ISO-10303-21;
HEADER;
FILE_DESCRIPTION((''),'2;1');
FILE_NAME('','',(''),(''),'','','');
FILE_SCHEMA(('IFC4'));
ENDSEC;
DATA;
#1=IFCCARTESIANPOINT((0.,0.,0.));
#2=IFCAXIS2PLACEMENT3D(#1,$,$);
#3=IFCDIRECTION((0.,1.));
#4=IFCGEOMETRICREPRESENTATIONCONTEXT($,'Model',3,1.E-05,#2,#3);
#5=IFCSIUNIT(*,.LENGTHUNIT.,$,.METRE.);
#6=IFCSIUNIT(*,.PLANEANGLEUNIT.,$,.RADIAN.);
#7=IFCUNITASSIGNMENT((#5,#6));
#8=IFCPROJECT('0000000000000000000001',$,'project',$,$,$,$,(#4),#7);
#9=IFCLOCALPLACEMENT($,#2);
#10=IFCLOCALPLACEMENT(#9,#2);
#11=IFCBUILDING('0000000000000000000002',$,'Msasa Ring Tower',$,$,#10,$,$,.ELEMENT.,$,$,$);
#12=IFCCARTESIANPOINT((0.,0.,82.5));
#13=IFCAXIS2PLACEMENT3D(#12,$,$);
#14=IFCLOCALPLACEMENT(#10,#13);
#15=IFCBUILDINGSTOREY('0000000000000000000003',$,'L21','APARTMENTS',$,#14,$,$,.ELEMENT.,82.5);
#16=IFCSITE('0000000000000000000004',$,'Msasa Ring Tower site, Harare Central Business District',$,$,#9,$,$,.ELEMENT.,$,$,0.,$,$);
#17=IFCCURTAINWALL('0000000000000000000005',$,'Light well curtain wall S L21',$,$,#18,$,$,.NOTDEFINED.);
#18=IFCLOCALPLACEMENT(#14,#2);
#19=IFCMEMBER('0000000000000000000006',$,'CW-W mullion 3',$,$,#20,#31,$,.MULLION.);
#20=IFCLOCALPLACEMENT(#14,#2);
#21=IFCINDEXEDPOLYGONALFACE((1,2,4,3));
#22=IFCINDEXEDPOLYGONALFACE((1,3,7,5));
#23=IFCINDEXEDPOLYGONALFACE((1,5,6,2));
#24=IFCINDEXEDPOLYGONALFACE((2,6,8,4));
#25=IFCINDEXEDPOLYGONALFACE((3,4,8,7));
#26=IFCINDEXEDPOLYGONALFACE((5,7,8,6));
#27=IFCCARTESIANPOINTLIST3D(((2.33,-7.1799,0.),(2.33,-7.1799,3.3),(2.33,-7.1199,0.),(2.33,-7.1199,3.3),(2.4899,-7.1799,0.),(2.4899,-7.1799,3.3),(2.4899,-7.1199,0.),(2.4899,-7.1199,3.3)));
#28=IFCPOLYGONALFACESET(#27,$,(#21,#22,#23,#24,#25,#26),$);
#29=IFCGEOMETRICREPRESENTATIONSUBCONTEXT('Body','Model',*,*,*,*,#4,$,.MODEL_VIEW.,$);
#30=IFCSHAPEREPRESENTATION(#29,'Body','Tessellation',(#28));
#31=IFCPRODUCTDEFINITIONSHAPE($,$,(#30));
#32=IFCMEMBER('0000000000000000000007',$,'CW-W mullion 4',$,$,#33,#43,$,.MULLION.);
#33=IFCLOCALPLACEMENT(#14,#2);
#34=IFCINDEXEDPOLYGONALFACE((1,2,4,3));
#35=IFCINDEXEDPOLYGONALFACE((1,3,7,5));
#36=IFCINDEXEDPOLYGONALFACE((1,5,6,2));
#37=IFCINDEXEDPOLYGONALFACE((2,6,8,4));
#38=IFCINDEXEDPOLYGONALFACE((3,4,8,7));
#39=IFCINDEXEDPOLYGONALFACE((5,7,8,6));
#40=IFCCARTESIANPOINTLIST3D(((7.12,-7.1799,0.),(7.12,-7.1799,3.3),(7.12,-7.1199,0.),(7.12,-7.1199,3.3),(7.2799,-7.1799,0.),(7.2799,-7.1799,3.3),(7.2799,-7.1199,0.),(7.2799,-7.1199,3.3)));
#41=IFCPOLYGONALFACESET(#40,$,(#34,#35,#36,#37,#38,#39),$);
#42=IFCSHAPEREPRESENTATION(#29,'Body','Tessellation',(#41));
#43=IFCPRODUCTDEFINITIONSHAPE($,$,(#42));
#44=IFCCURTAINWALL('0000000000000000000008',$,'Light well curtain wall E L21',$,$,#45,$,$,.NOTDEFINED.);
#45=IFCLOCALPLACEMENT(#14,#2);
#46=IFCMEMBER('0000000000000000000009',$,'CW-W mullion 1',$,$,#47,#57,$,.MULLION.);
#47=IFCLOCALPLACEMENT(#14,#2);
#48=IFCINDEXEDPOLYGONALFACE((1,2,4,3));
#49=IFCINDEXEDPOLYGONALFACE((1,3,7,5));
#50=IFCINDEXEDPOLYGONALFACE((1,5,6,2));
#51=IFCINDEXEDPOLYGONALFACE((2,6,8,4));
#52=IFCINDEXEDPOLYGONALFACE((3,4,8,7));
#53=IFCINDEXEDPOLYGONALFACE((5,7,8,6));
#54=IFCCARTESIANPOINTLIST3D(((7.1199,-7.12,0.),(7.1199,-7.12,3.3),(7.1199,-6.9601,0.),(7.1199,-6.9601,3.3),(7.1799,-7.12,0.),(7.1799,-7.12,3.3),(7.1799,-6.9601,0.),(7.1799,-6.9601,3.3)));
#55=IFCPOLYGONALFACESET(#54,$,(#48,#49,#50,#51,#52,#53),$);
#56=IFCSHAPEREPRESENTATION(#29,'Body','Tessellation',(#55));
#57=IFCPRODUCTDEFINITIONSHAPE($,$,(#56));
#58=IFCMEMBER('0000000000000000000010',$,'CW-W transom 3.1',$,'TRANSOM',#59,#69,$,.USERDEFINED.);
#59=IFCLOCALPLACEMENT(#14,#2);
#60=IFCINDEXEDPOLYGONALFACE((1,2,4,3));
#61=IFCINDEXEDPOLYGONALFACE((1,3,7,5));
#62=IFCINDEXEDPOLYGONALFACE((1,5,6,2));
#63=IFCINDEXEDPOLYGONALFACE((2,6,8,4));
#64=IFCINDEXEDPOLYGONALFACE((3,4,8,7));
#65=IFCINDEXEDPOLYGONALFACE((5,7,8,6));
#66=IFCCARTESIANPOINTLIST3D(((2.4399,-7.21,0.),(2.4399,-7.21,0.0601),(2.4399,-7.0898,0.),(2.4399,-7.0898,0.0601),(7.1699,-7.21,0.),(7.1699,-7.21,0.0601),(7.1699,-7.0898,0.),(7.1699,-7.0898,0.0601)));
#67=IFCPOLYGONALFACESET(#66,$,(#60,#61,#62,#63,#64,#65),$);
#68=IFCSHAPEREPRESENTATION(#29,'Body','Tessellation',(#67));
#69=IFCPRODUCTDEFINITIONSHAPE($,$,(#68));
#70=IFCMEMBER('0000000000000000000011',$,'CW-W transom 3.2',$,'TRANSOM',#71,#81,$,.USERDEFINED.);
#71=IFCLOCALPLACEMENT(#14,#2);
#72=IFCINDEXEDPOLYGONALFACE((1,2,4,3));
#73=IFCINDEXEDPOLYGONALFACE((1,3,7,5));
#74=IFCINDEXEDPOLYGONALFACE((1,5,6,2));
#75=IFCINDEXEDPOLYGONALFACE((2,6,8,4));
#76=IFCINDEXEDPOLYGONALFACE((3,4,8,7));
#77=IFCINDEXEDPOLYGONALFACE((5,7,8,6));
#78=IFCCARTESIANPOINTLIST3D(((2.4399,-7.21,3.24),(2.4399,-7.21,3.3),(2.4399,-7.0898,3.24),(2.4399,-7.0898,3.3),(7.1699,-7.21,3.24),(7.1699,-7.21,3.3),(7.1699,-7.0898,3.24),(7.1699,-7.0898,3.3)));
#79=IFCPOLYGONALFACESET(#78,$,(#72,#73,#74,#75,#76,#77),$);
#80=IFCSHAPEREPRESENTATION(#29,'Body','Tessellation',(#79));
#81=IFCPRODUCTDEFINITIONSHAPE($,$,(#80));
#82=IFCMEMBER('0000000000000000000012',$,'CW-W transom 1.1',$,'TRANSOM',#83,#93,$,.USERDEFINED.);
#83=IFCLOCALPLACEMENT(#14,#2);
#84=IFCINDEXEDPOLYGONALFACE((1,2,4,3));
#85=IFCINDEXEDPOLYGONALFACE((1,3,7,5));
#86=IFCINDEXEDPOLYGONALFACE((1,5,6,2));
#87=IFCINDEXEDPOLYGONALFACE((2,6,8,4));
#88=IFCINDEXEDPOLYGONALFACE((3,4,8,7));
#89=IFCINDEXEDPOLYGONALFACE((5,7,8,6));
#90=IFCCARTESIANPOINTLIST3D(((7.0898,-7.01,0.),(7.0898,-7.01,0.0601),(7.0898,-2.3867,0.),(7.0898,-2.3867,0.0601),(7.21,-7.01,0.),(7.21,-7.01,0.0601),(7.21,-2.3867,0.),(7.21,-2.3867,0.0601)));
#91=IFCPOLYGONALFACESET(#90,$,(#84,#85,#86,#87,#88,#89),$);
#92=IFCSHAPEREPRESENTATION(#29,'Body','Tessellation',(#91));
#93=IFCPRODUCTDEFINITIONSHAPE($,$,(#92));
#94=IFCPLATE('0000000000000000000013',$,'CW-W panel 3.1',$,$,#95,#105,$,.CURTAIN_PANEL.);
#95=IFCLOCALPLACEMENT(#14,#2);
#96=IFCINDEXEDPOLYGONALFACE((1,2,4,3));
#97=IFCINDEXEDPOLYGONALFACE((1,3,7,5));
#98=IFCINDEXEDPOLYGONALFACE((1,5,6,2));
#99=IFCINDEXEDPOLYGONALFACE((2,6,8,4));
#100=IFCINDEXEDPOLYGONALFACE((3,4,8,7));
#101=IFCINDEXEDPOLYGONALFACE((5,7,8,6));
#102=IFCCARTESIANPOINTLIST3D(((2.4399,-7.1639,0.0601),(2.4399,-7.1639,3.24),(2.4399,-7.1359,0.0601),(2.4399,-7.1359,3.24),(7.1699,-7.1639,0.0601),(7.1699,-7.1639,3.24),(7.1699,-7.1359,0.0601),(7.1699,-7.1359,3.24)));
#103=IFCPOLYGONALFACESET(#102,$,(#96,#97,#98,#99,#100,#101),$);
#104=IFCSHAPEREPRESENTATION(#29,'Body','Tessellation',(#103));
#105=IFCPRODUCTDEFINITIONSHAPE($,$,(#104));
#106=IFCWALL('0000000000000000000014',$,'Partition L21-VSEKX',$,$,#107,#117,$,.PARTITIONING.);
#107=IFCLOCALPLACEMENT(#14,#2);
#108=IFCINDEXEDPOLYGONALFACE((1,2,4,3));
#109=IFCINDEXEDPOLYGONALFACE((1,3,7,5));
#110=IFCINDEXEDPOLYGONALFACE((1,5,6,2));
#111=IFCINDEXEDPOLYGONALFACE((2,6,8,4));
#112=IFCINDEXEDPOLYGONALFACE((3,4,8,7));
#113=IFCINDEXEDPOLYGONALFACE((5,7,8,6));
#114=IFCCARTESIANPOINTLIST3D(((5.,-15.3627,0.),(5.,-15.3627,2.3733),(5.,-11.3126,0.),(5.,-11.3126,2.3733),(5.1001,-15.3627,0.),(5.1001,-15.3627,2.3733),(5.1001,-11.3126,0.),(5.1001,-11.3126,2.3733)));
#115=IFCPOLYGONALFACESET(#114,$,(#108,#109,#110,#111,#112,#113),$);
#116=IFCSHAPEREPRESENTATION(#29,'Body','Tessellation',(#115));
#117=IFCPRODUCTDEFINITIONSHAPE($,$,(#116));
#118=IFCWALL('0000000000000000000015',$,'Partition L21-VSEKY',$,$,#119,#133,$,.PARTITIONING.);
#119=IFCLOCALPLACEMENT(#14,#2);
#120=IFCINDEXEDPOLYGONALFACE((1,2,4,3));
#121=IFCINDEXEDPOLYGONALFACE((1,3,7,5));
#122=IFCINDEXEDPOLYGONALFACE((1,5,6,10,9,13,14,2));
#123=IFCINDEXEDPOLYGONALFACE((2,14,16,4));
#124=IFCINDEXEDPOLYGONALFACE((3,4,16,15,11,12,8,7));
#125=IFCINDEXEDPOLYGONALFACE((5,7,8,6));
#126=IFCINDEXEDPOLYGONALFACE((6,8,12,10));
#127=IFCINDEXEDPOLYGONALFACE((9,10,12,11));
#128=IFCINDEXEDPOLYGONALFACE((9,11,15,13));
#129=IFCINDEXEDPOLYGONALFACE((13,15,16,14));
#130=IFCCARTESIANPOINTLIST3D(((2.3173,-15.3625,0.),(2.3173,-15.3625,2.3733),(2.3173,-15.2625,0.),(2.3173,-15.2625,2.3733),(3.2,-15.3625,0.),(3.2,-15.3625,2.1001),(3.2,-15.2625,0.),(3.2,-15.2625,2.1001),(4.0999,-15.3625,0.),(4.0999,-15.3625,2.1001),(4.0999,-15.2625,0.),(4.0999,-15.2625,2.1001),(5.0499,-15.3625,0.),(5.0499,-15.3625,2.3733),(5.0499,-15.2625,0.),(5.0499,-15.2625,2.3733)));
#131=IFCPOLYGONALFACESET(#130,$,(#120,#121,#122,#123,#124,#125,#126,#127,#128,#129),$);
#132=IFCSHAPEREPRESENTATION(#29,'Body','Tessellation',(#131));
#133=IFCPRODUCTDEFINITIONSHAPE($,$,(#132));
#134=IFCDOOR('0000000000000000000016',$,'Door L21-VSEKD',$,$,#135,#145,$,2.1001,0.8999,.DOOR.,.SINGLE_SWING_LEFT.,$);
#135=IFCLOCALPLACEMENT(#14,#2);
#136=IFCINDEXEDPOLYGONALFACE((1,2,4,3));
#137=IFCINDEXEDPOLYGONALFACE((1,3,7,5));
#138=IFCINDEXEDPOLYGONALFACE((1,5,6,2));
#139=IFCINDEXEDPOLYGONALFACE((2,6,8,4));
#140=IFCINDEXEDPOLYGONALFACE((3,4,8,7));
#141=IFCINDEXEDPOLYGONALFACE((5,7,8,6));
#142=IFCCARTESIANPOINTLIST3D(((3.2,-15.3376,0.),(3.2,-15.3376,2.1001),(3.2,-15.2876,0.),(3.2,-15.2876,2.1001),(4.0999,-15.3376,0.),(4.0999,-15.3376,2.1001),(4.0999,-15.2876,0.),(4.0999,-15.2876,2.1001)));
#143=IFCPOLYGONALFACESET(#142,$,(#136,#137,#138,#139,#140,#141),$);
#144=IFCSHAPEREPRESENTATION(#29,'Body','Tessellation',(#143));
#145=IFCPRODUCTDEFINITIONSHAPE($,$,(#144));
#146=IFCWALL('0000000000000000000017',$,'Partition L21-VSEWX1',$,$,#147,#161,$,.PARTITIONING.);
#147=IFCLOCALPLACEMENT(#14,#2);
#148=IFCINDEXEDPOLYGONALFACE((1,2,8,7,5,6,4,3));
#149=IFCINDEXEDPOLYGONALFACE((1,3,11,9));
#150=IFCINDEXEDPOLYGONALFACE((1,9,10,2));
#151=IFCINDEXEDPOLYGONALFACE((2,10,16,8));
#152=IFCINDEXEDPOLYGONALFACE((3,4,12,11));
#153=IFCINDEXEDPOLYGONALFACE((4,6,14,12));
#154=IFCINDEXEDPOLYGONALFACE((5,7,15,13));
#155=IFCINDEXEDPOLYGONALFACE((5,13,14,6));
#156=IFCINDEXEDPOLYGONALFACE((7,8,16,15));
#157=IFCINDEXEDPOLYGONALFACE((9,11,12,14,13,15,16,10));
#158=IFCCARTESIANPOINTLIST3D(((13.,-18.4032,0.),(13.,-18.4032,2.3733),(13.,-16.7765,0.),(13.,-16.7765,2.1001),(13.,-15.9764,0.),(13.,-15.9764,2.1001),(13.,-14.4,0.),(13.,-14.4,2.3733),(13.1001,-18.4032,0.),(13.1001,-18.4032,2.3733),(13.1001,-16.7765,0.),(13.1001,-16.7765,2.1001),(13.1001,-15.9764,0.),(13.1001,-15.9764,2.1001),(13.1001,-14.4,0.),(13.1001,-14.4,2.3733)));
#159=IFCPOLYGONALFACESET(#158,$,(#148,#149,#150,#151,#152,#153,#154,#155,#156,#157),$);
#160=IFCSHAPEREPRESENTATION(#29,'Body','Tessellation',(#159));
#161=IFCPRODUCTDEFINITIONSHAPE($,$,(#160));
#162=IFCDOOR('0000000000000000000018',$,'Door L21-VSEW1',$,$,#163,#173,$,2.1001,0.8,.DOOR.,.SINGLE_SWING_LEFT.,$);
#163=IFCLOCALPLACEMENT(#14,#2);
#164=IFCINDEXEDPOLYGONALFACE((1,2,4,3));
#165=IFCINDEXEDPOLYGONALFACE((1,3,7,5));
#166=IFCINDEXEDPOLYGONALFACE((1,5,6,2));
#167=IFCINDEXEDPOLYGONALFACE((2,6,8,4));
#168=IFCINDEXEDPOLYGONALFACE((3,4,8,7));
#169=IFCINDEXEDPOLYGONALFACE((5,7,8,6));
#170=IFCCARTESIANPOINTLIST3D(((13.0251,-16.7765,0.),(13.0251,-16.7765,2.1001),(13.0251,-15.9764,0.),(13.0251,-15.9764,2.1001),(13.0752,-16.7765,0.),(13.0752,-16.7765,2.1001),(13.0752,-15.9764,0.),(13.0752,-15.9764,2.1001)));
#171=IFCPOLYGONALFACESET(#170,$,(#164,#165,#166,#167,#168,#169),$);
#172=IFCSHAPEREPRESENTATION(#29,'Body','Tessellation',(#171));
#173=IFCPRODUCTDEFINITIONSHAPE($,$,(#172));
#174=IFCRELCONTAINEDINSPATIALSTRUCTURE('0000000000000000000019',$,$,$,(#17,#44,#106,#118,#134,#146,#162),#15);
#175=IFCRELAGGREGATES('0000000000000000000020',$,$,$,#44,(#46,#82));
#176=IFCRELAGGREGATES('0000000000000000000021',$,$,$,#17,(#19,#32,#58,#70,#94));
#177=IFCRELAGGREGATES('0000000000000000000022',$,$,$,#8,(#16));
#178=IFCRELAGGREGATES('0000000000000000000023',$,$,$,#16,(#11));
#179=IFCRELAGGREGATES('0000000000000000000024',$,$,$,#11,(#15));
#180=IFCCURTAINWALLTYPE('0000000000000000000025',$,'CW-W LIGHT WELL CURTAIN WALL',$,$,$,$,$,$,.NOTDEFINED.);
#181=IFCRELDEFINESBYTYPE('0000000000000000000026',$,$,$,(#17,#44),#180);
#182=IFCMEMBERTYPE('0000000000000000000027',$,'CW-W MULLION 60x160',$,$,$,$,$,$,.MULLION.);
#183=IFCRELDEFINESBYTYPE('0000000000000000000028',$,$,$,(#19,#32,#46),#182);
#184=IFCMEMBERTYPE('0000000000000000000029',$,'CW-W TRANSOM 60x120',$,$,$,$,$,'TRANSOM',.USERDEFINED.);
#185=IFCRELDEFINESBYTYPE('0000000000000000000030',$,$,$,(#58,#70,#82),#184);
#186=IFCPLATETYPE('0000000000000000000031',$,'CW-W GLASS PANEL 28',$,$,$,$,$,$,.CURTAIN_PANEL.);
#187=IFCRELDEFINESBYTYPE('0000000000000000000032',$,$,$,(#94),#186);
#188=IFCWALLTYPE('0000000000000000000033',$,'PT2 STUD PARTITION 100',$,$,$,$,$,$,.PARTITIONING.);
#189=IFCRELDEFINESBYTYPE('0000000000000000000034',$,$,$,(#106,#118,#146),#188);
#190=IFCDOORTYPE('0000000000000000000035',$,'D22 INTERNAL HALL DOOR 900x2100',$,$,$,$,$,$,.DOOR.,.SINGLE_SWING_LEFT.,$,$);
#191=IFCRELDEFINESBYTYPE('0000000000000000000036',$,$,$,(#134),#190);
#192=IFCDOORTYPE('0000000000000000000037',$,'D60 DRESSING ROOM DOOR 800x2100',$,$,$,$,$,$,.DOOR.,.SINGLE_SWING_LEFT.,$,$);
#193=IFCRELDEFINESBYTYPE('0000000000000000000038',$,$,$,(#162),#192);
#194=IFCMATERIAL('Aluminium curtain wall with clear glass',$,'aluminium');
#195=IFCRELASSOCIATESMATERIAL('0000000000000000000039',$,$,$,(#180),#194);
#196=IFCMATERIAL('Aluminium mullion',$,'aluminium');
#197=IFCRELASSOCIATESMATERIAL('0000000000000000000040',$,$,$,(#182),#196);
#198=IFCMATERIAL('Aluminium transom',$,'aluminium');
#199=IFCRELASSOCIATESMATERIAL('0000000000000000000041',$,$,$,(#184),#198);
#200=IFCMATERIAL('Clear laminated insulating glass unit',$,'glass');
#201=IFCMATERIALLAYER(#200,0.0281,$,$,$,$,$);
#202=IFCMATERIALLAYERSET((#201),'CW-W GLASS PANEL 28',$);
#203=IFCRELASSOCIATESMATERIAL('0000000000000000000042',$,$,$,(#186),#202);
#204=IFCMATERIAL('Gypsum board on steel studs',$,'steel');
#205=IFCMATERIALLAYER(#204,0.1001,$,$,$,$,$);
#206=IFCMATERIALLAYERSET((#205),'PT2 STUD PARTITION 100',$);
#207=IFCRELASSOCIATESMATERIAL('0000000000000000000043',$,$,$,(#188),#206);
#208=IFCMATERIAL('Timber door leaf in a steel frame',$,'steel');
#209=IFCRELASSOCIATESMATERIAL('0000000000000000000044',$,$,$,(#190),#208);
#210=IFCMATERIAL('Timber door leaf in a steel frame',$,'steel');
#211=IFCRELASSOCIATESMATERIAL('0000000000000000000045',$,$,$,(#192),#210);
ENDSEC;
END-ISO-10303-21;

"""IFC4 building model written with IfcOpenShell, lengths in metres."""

from ifc_helpers import new_model, si_unit, direction, frame, frame_2d, origin, origin_2d, place, context, subcontext, project, spatial, rectangle, extrude, material, layer, layer_set, material_profile, profile_set, type_object, element, fill, aggregate, save


model = new_model("IFC4")

# Units and contexts
model_context = context("Model", 3, precision=1e-05, world=origin(), true_north=direction((0.0, 1.0)))
body_context = subcontext(model_context, "Body", "Model", "MODEL_VIEW")
ifc_project = project(units=[si_unit("LENGTHUNIT", "METRE"), si_unit("PLANEANGLEUNIT", "RADIAN")], contexts=[model_context])

# Site, building, storey
site_placement = place(None, origin())
site = spatial("IfcSite", under=ifc_project, at=site_placement, Name="Msasa Ring Tower site, Harare Central Business District", CompositionType="ELEMENT", RefElevation=0.0)
building_placement = place(site_placement, origin())
building = spatial("IfcBuilding", under=site, at=building_placement, Name="Msasa Ring Tower", CompositionType="ELEMENT")
storey_placement = place(building_placement, frame((0.0, 0.0, 82.5)))
storey = spatial("IfcBuildingStorey", under=building, at=storey_placement, Name="L21", Description="APARTMENTS", CompositionType="ELEMENT", Elevation=82.5)

# Curtain wall, members
ifc_material_1 = material(Name="Aluminium curtain wall with clear glass", Category="aluminium")
curtain_wall_type = type_object("IfcCurtainWallType", Name="CW-W LIGHT WELL CURTAIN WALL", PredefinedType="NOTDEFINED", material=ifc_material_1)
curtain_wall_1_placement = place(storey_placement, origin())
curtain_wall_1 = element("IfcCurtainWall", 1, at=curtain_wall_1_placement, inside=storey, type_object=curtain_wall_type, Name="Light well curtain wall S L21", PredefinedType="NOTDEFINED")
ifc_material_2 = material(Name="Aluminium mullion", Category="aluminium")
ifc_material_profile_1 = material_profile(ifc_material_2, rectangle(XDim=0.0601, YDim=0.1599, at=origin_2d()), Name="AL 60x160")
ifc_profile_set_1 = profile_set([ifc_material_profile_1], Name="Aluminium mullion")
member_type_1 = type_object("IfcMemberType", Name="CW-W MULLION 60x160", PredefinedType="MULLION", material=ifc_profile_set_1)
member_1_placement = place(storey_placement, frame((2.4099, -7.1499, 0.0), z_axis=(0.0, 0.0, 1.0), x_axis=(0.0, 1.0, 0.0)))
member_1 = element("IfcMember", 2, at=member_1_placement, type_object=member_type_1, Name="CW-W mullion 3", PredefinedType="MULLION", context=body_context, shape_type="SweptSolid", body=[
    extrude(rectangle(XDim=0.0601, YDim=0.1599, at=origin_2d()), origin(), (0.0, 0.0, 1.0), 3.3),
])
member_2_placement = place(storey_placement, frame((7.2, -7.1499, 0.0), z_axis=(0.0, 0.0, 1.0), x_axis=(0.0, 1.0, 0.0)))
member_2 = element("IfcMember", 3, at=member_2_placement, type_object=member_type_1, Name="CW-W mullion 4", PredefinedType="MULLION", context=body_context, shape_type="SweptSolid", body=[
    extrude(rectangle(XDim=0.0601, YDim=0.1599, at=origin_2d()), origin(), (0.0, 0.0, 1.0), 3.3),
])

# Curtain wall, member
curtain_wall_2_placement = place(storey_placement, origin())
curtain_wall_2 = element("IfcCurtainWall", 4, at=curtain_wall_2_placement, inside=storey, type_object=curtain_wall_type, Name="Light well curtain wall E L21", PredefinedType="NOTDEFINED")
member_3_placement = place(storey_placement, frame((7.1499, -7.04, 0.0), z_axis=(0.0, 0.0, 1.0), x_axis=(-1.0, 0.0, 0.0)))
member_3 = element("IfcMember", 5, at=member_3_placement, type_object=member_type_1, Name="CW-W mullion 1", PredefinedType="MULLION", context=body_context, shape_type="SweptSolid", body=[
    extrude(rectangle(XDim=0.0601, YDim=0.1599, at=origin_2d()), origin(), (0.0, 0.0, 1.0), 3.3),
])

# Members
ifc_material_3 = material(Name="Aluminium transom", Category="aluminium")
ifc_material_profile_2 = material_profile(ifc_material_3, rectangle(XDim=0.1201, YDim=0.0601, at=origin_2d()), Name="AL 60x120")
ifc_profile_set_2 = profile_set([ifc_material_profile_2], Name="Aluminium transom")
member_type_2 = type_object("IfcMemberType", Name="CW-W TRANSOM 60x120", ElementType="TRANSOM", PredefinedType="USERDEFINED", material=ifc_profile_set_2)
member_4_placement = place(storey_placement, frame((2.4399, -7.1499, 0.03), z_axis=(1.0, 0.0, 0.0), x_axis=(0.0, 1.0, 0.0)))
member_4 = element("IfcMember", 6, at=member_4_placement, type_object=member_type_2, Name="CW-W transom 3.1", ObjectType="TRANSOM", PredefinedType="USERDEFINED", context=body_context, shape_type="SweptSolid", body=[
    extrude(rectangle(XDim=0.1201, YDim=0.0601, at=origin_2d()), origin(), (0.0, 0.0, 1.0), 4.73),
])
member_5_placement = place(storey_placement, frame((2.4399, -7.1499, 3.27), z_axis=(1.0, 0.0, 0.0), x_axis=(0.0, 1.0, 0.0)))
member_5 = element("IfcMember", 7, at=member_5_placement, type_object=member_type_2, Name="CW-W transom 3.2", ObjectType="TRANSOM", PredefinedType="USERDEFINED", context=body_context, shape_type="SweptSolid", body=[
    extrude(rectangle(XDim=0.1201, YDim=0.0601, at=origin_2d()), origin(), (0.0, 0.0, 1.0), 4.73),
])
member_6_placement = place(storey_placement, frame((7.1499, -7.01, 0.03), z_axis=(0.0, 1.0, 0.0), x_axis=(-1.0, 0.0, 0.0)))
member_6 = element("IfcMember", 8, at=member_6_placement, type_object=member_type_2, Name="CW-W transom 1.1", ObjectType="TRANSOM", PredefinedType="USERDEFINED", context=body_context, shape_type="SweptSolid", body=[
    extrude(rectangle(XDim=0.1201, YDim=0.0601, at=origin_2d()), origin(), (0.0, 0.0, 1.0), 4.6233),
])
aggregate(curtain_wall_2, [member_3, member_6])

# Plate
ifc_material_4 = material(Name="Clear laminated insulating glass unit", Category="glass")
ifc_layer_1 = layer(ifc_material_4, 0.0281)
ifc_layer_set_1 = layer_set([ifc_layer_1], Name="CW-W GLASS PANEL 28")
plate_type = type_object("IfcPlateType", Name="CW-W GLASS PANEL 28", PredefinedType="CURTAIN_PANEL", material=ifc_layer_set_1)
plate_placement = place(storey_placement, frame((4.8049, -7.1499, 0.0601), z_axis=(0.0, 0.0, 1.0), x_axis=(1.0, 0.0, 0.0)))
plate = element("IfcPlate", 9, at=plate_placement, type_object=plate_type, Name="CW-W panel 3.1", PredefinedType="CURTAIN_PANEL", context=body_context, shape_type="SweptSolid", body=[
    extrude(rectangle(XDim=4.73, YDim=0.0281, at=origin_2d()), origin(), (0.0, 0.0, 1.0), 3.1799),
])
aggregate(curtain_wall_1, [member_1, member_2, member_4, member_5, plate])

# Wall
ifc_material_5 = material(Name="Gypsum board on steel studs", Category="steel")
ifc_layer_2 = layer(ifc_material_5, 0.1001)
ifc_layer_set_2 = layer_set([ifc_layer_2], Name="PT2 STUD PARTITION 100")
wall_type_1 = type_object("IfcWallType", Name="PT2 STUD PARTITION 100", PredefinedType="PARTITIONING", material=ifc_layer_set_2)
wall_1_placement = place(storey_placement, frame((5.05, -15.3625, 0.0), z_axis=(0.0, 0.0, 1.0), x_axis=(0.0, 1.0, 0.0)))
element("IfcWall", 10, at=wall_1_placement, inside=storey, type_object=wall_type_1, Name="Partition L21-VSEKX", PredefinedType="PARTITIONING", context=body_context, shape_type="SweptSolid", body=[
    extrude(rectangle(XDim=4.05, YDim=0.1001, at=frame_2d((2.0249, 0.0))), origin(), (0.0, 0.0, 1.0), 2.3733),
])

# Walls, openings, doors
wall_2_placement = place(storey_placement, frame((2.3174, -15.3125, 0.0), z_axis=(0.0, 0.0, 1.0), x_axis=(1.0, 0.0, 0.0)))
wall_2 = element("IfcWall", 11, at=wall_2_placement, inside=storey, type_object=wall_type_1, Name="Partition L21-VSEKY", PredefinedType="PARTITIONING", context=body_context, shape_type="SweptSolid", body=[
    extrude(rectangle(XDim=2.7327, YDim=0.1001, at=frame_2d((1.3662, 0.0))), origin(), (0.0, 0.0, 1.0), 2.3733),
])
opening_1_placement = place(wall_2_placement, frame((0.8826, 0.0, 0.0)))
opening_1 = element("IfcOpeningElement", 12, at=opening_1_placement, cuts=wall_2, PredefinedType="OPENING", context=body_context, shape_type="SweptSolid", body=[
    extrude(rectangle(XDim=0.8999, YDim=2.1001, at=frame_2d((0.45, 1.05))), frame((0.0, 0.0601, 0.0), z_axis=(0.0, -1.0, 0.0), x_axis=(1.0, 0.0, 0.0)), (0.0, 0.0, 1.0), 0.1201),
])
ifc_material_6 = material(Name="Timber door leaf in a steel frame", Category="steel")
door_type_1 = type_object("IfcDoorType", Name="D22 INTERNAL HALL DOOR 900x2100", OperationType="SINGLE_SWING_LEFT", PredefinedType="DOOR", material=ifc_material_6)
door_1_placement = place(opening_1_placement, origin())
door_1 = element("IfcDoor", 13, at=door_1_placement, inside=storey, type_object=door_type_1, Name="Door L21-VSEKD", OperationType="SINGLE_SWING_LEFT", OverallHeight=2.1001, OverallWidth=0.8999, PredefinedType="DOOR", context=body_context, shape_type="SweptSolid", body=[
    extrude(rectangle(XDim=0.8999, YDim=2.1001, at=frame_2d((0.45, 1.05))), frame((0.0, 0.0249, 0.0), z_axis=(0.0, -1.0, 0.0), x_axis=(1.0, 0.0, 0.0)), (0.0, 0.0, 1.0), 0.05),
])
fill(opening_1, door_1)
wall_3_placement = place(storey_placement, frame((13.05, -18.4031, 0.0), z_axis=(0.0, 0.0, 1.0), x_axis=(0.0, 1.0, 0.0)))
wall_3 = element("IfcWall", 14, at=wall_3_placement, inside=storey, type_object=wall_type_1, Name="Partition L21-VSEWX1", PredefinedType="PARTITIONING", context=body_context, shape_type="SweptSolid", body=[
    extrude(rectangle(XDim=4.0032, YDim=0.1001, at=frame_2d((2.0015, 0.0))), origin(), (0.0, 0.0, 1.0), 2.3733),
])
opening_2_placement = place(wall_3_placement, frame((1.6267, 0.0, 0.0)))
opening_2 = element("IfcOpeningElement", 15, at=opening_2_placement, cuts=wall_3, PredefinedType="OPENING", context=body_context, shape_type="SweptSolid", body=[
    extrude(rectangle(XDim=0.8, YDim=2.1001, at=frame_2d((0.3999, 1.05))), frame((0.0, 0.0601, 0.0), z_axis=(0.0, -1.0, 0.0), x_axis=(1.0, 0.0, 0.0)), (0.0, 0.0, 1.0), 0.1201),
])
ifc_material_7 = material(Name="Timber door leaf in a steel frame", Category="steel")
door_type_2 = type_object("IfcDoorType", Name="D60 DRESSING ROOM DOOR 800x2100", OperationType="SINGLE_SWING_LEFT", PredefinedType="DOOR", material=ifc_material_7)
door_2_placement = place(opening_2_placement, origin())
door_2 = element("IfcDoor", 16, at=door_2_placement, inside=storey, type_object=door_type_2, Name="Door L21-VSEW1", OperationType="SINGLE_SWING_LEFT", OverallHeight=2.1001, OverallWidth=0.8, PredefinedType="DOOR", context=body_context, shape_type="SweptSolid", body=[
    extrude(rectangle(XDim=0.8, YDim=2.1001, at=frame_2d((0.3999, 1.05))), frame((0.0, 0.0249, 0.0), z_axis=(0.0, -1.0, 0.0), x_axis=(1.0, 0.0, 0.0)), (0.0, 0.0, 1.0), 0.05),
])
fill(opening_2, door_2)

save(model, "model.ifc")
